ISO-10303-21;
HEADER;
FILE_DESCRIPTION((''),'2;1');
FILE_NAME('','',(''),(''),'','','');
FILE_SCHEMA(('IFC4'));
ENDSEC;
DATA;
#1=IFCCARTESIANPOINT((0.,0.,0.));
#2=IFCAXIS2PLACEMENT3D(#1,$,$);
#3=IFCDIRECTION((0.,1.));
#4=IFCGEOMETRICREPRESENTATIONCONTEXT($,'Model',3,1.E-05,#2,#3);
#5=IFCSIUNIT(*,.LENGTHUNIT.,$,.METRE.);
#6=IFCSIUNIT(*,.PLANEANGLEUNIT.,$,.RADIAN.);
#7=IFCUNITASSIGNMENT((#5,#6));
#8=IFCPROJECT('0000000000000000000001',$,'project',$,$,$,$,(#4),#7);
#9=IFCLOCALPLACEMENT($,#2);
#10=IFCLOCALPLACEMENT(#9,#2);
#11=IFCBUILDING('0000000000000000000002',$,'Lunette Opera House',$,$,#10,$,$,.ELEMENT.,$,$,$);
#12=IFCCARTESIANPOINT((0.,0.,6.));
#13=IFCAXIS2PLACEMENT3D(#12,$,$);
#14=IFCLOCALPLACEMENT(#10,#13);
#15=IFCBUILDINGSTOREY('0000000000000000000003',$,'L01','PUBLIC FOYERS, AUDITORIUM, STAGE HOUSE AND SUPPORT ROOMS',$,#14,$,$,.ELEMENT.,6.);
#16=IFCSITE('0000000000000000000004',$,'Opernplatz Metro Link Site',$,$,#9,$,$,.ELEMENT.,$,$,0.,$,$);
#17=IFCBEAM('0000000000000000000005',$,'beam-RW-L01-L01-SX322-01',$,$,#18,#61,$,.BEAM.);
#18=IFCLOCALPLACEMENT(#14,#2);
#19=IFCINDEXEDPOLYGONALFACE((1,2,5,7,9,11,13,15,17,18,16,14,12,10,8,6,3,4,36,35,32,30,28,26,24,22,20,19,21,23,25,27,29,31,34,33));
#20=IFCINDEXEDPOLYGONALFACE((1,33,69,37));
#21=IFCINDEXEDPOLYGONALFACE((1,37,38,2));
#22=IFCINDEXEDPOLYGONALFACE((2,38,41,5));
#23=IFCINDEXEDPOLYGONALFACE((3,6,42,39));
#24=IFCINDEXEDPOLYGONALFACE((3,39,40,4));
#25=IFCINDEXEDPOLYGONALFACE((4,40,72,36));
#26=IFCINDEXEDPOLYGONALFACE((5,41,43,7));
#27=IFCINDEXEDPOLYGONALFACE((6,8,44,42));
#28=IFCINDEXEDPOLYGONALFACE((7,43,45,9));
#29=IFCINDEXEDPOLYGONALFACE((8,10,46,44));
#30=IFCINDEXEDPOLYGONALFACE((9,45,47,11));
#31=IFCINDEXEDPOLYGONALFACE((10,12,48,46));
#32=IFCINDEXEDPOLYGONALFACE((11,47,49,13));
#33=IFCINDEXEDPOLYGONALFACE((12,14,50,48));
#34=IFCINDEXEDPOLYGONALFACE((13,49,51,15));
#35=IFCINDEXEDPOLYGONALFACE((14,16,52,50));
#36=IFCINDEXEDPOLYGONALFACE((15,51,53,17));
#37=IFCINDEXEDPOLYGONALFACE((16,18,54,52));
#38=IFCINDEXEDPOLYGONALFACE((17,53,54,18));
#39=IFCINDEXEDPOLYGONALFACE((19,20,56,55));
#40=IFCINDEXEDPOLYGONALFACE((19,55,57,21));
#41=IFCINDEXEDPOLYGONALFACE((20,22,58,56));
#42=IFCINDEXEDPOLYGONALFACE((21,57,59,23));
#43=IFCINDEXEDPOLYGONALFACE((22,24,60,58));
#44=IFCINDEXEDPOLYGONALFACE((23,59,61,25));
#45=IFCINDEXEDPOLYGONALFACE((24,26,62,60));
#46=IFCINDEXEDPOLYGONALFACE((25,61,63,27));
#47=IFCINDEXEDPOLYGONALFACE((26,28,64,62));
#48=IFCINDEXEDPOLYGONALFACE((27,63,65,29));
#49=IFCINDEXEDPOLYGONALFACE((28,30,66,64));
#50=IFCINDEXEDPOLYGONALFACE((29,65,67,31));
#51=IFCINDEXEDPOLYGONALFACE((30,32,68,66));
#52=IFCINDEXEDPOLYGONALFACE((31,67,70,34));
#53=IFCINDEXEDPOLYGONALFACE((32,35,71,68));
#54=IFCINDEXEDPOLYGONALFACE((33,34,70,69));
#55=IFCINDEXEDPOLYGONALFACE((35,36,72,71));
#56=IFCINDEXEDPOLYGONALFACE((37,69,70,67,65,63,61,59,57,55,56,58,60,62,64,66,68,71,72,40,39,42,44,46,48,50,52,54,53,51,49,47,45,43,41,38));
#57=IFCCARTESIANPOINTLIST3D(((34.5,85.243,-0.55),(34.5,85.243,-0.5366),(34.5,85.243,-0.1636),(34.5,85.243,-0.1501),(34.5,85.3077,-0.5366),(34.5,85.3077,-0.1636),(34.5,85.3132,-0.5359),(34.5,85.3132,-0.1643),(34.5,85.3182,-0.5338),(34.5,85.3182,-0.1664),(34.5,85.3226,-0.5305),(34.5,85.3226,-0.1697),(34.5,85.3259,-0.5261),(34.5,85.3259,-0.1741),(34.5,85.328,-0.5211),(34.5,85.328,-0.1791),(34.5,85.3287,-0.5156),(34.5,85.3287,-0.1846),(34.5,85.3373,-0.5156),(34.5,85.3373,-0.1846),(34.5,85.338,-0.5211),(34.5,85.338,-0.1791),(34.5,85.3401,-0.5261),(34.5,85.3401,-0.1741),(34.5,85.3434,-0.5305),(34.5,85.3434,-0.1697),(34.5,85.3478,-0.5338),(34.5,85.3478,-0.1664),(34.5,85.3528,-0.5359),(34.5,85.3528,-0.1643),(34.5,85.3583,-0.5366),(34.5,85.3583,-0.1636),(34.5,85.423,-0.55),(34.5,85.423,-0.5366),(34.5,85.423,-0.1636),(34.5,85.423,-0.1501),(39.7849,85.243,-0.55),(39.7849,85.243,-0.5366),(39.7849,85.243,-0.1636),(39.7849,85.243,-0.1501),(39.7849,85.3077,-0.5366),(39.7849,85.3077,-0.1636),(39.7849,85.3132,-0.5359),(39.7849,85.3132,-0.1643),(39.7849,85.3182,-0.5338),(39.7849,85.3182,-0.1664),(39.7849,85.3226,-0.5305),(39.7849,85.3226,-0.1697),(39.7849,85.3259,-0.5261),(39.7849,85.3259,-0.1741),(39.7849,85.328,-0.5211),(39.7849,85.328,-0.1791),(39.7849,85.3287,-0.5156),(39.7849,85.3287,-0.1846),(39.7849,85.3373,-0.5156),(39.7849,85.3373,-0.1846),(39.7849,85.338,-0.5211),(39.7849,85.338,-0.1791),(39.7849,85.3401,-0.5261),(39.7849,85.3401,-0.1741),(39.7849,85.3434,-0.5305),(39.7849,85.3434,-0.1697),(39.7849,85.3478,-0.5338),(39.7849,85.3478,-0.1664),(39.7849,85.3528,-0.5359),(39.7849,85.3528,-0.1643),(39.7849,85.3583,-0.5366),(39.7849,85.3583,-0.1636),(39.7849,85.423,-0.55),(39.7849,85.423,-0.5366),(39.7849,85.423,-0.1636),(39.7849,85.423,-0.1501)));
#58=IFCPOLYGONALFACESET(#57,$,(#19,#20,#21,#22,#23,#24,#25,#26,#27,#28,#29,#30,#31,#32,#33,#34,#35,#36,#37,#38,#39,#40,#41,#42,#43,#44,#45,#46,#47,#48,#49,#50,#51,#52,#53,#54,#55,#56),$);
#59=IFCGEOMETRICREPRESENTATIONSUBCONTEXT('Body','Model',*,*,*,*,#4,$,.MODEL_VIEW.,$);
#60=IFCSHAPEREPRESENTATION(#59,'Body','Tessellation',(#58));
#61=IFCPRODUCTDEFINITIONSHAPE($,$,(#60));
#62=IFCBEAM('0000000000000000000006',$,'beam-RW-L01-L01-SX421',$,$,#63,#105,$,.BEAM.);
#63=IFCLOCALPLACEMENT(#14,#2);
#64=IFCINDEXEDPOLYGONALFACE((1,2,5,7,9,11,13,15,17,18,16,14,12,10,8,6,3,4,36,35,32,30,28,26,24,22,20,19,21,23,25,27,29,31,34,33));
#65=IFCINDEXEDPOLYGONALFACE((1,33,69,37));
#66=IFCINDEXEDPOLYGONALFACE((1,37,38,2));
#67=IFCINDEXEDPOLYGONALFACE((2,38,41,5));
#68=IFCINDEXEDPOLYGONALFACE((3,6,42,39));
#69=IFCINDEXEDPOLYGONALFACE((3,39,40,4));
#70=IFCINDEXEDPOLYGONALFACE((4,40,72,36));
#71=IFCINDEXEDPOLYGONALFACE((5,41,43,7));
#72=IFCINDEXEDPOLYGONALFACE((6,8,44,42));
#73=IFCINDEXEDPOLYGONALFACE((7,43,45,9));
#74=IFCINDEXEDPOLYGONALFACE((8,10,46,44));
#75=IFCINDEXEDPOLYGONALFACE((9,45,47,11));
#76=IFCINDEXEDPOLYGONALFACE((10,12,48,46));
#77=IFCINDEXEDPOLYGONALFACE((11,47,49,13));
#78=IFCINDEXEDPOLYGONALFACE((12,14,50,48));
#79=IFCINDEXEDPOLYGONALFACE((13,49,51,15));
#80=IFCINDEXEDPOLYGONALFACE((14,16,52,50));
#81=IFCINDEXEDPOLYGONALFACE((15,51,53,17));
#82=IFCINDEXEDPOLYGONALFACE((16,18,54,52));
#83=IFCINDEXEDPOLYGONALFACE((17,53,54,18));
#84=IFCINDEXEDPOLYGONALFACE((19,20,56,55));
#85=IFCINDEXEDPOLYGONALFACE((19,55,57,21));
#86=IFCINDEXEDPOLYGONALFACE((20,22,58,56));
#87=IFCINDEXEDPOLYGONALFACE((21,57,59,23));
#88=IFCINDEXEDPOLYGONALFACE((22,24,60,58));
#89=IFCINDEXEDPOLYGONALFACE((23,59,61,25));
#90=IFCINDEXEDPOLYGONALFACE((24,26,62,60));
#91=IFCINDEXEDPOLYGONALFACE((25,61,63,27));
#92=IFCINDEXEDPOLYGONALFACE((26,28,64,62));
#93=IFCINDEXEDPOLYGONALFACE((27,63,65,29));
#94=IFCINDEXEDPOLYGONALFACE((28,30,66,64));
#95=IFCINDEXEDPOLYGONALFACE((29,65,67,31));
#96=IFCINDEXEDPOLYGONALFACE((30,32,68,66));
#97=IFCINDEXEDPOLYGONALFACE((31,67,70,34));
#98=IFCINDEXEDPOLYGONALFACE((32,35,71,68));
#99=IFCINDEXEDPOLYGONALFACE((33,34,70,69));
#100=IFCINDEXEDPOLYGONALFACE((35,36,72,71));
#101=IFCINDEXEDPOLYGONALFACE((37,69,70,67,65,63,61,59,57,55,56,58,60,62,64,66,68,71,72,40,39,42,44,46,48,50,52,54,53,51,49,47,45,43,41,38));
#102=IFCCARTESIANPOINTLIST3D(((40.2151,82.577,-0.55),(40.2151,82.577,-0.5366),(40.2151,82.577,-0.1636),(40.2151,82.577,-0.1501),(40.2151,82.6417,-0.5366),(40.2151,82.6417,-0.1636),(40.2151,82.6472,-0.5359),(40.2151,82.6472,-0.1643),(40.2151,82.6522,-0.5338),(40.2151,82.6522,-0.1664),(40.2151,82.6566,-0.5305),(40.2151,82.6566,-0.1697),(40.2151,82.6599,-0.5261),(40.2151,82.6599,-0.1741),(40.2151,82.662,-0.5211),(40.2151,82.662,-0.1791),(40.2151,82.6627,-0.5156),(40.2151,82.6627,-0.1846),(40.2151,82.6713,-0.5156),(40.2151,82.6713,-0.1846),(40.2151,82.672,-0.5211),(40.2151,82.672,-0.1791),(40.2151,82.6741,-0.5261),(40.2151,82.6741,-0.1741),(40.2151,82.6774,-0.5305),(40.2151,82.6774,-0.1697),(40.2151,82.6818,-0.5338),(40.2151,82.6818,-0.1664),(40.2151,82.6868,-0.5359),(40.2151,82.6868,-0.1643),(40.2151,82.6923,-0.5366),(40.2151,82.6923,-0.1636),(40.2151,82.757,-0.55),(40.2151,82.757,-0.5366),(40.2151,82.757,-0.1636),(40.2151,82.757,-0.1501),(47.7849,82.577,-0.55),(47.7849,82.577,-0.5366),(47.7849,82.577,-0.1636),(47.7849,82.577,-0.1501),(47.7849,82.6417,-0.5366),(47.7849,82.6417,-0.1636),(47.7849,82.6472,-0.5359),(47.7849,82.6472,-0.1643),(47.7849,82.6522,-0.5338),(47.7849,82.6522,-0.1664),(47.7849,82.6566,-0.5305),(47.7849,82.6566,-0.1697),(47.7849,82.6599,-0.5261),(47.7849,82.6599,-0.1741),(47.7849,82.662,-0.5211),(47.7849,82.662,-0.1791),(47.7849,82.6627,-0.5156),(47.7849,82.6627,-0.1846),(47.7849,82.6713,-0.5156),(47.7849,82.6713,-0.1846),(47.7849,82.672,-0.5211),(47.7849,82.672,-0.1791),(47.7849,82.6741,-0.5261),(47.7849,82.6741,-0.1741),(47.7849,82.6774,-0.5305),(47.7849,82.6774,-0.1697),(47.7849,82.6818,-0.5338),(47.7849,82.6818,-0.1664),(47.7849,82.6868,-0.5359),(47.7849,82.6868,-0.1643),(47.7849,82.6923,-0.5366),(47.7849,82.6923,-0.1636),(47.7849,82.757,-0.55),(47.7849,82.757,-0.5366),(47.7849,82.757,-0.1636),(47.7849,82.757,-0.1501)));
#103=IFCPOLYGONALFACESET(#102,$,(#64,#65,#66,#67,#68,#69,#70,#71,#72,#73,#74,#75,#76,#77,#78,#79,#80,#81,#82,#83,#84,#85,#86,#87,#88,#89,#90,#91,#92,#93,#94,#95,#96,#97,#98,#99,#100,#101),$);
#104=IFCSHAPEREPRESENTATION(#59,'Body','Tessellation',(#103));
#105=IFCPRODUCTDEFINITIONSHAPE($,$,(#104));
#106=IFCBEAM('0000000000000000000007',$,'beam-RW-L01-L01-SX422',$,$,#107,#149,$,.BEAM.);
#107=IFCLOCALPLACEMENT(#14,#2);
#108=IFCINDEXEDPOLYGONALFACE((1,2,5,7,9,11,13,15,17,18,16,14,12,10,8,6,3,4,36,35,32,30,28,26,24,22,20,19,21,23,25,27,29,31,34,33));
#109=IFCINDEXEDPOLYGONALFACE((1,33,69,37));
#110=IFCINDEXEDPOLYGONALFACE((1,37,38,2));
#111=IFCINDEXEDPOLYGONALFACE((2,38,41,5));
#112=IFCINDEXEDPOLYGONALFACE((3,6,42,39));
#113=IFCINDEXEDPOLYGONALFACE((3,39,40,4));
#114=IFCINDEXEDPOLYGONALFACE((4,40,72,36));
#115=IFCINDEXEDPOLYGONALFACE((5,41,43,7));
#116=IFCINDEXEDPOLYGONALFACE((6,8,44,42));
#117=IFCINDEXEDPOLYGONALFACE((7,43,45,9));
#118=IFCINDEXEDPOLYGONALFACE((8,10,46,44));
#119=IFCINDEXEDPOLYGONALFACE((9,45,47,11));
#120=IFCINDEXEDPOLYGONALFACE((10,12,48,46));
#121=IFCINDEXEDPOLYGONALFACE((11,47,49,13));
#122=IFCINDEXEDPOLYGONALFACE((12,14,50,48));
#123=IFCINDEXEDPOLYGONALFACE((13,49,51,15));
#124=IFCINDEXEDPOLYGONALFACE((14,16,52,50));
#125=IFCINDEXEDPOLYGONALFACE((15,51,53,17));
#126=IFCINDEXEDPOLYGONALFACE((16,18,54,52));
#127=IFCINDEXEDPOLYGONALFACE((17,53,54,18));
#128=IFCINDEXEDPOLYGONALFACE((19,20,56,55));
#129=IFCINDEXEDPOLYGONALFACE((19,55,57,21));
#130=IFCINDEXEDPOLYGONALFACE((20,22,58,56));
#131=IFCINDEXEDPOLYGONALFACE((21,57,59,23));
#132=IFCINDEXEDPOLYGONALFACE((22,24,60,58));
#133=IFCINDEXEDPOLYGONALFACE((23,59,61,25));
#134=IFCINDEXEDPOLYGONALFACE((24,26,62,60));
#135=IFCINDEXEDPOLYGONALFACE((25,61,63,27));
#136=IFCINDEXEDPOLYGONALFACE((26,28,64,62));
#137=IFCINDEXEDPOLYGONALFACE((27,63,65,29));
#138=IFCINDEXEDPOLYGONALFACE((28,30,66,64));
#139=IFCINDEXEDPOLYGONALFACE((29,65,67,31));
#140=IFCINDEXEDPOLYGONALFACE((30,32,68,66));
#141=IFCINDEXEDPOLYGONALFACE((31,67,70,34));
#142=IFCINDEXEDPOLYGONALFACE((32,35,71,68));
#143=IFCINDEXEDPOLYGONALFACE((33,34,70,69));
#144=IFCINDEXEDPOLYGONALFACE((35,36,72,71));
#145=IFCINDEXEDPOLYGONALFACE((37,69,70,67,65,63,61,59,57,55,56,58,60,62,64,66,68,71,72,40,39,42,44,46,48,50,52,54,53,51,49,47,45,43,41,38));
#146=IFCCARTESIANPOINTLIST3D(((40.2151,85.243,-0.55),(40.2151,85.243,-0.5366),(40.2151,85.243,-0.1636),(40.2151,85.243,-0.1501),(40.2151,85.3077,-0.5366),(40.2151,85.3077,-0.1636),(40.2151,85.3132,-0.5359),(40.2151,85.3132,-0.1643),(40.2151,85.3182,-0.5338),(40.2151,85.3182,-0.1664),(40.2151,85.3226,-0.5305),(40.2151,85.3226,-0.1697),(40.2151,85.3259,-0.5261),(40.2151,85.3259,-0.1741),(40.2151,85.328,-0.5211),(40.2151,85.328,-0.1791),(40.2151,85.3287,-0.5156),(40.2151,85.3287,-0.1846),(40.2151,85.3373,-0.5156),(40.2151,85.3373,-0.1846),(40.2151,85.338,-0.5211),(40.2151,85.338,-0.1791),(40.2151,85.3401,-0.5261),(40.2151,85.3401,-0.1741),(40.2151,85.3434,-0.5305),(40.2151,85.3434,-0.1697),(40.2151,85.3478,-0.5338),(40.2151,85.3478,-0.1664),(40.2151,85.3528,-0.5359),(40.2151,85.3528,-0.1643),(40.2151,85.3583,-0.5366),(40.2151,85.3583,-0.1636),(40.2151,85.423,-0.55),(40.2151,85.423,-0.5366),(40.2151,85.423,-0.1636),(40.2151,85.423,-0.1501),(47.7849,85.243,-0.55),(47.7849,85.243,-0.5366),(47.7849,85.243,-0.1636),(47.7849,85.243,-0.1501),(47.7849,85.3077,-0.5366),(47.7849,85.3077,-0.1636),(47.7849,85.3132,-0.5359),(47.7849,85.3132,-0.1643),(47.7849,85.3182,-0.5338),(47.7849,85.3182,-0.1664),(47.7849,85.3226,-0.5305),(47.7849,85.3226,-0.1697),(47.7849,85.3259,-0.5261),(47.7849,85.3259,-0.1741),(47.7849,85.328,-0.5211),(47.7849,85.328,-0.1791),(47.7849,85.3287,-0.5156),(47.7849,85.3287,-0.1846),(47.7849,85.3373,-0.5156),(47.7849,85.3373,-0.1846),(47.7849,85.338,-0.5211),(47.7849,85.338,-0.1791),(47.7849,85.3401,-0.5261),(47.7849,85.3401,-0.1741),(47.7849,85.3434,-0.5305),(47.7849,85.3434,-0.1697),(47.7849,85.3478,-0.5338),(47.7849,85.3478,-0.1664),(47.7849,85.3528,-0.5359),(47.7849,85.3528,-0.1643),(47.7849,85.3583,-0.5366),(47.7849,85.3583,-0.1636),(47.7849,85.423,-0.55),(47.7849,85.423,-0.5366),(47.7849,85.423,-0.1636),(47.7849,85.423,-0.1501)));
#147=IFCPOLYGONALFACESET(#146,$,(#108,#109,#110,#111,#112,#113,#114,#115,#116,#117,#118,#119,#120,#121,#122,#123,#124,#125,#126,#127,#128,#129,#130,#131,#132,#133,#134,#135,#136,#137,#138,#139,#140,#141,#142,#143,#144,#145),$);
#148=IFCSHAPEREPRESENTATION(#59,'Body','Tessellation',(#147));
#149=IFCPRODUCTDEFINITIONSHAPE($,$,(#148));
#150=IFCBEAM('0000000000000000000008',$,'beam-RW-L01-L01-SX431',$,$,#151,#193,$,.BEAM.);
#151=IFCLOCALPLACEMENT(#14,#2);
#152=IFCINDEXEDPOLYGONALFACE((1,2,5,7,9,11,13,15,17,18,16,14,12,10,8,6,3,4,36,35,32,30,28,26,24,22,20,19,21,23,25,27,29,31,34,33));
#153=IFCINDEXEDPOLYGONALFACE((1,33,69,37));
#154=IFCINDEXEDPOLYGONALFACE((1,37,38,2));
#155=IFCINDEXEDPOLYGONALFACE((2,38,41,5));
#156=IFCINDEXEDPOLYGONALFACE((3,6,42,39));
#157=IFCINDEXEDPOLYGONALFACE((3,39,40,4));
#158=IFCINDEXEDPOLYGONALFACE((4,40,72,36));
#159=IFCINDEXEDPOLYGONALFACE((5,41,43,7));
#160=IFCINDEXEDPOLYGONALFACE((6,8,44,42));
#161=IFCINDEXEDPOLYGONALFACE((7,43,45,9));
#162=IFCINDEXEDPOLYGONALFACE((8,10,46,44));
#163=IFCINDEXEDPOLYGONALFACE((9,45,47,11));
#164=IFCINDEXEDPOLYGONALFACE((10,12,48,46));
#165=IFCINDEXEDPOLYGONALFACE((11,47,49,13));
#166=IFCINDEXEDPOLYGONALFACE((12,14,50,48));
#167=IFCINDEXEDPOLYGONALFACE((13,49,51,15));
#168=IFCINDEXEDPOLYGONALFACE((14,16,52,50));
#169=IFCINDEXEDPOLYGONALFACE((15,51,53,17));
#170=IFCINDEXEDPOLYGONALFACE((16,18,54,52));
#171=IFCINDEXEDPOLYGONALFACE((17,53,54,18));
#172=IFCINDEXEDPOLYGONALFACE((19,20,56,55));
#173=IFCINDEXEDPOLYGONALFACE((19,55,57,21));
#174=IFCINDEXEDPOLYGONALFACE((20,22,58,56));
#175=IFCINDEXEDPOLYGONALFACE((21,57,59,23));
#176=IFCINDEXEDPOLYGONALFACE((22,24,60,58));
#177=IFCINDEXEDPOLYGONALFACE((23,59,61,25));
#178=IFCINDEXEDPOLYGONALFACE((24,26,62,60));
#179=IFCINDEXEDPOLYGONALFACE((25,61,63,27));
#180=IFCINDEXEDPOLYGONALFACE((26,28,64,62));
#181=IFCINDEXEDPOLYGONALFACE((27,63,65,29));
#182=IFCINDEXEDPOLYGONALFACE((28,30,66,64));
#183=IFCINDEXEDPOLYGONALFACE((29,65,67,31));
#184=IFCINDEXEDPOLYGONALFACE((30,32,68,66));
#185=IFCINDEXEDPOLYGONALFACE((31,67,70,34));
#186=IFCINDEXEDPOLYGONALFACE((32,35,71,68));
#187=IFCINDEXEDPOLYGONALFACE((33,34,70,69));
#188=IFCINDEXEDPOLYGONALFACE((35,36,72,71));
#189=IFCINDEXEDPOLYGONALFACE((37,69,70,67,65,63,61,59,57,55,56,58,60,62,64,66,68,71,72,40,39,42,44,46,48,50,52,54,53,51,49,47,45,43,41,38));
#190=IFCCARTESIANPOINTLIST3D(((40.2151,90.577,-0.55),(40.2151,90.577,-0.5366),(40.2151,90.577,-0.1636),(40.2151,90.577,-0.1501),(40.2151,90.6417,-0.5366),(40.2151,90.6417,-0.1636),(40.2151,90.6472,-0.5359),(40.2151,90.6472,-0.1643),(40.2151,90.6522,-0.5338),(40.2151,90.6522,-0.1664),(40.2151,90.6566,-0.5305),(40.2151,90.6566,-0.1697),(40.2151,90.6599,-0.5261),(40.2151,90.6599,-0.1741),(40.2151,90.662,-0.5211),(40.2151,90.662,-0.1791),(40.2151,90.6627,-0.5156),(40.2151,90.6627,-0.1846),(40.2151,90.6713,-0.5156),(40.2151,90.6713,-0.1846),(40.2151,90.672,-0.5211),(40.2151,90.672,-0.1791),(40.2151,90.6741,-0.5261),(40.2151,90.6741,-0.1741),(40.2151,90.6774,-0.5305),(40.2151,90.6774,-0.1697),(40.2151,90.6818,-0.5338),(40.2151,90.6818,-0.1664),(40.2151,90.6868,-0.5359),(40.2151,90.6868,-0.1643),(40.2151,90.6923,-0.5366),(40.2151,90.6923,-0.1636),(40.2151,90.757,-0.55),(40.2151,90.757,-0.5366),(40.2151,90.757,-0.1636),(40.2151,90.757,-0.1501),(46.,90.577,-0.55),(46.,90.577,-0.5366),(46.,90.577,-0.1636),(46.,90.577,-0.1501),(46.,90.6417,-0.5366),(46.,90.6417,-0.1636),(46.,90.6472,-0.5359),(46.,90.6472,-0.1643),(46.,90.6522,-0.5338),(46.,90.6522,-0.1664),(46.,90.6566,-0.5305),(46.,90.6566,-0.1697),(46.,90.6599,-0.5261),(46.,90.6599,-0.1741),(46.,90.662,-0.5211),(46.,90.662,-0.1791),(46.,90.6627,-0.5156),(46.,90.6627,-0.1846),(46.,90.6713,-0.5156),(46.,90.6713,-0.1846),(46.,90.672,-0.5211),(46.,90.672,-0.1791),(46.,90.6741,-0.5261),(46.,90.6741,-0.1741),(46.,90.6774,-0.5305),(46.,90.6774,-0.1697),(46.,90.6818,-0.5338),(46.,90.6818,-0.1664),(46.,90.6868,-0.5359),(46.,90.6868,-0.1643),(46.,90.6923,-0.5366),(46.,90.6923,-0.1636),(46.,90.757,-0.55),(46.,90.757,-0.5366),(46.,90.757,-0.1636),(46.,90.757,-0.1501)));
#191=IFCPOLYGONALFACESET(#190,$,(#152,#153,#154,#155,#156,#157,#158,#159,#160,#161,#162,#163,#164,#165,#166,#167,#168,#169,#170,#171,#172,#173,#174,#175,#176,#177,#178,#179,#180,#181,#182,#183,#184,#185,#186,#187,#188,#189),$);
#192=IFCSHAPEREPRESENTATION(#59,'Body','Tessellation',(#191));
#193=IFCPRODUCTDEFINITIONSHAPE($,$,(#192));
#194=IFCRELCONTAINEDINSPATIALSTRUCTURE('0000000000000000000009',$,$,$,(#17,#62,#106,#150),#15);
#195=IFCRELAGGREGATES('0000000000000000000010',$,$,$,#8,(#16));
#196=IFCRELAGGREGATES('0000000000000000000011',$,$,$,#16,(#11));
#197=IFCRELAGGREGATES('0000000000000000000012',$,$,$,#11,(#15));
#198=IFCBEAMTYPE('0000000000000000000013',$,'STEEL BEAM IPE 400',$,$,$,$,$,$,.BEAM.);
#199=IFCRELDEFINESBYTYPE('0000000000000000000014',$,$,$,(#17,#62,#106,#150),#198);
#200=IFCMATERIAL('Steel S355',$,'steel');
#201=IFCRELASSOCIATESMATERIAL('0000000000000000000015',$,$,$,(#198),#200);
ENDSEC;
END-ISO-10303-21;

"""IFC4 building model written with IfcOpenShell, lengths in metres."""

from ifc_helpers import new_model, si_unit, direction, frame, origin, origin_2d, place, context, subcontext, project, spatial, i_section, extrude, material, material_profile, profile_set, type_object, element, save


model = new_model("IFC4")

# Units and contexts
model_context = context("Model", 3, precision=1e-05, world=origin(), true_north=direction((0.0, 1.0)))
body_context = subcontext(model_context, "Body", "Model", "MODEL_VIEW")
ifc_project = project(units=[si_unit("LENGTHUNIT", "METRE"), si_unit("PLANEANGLEUNIT", "RADIAN")], contexts=[model_context])

# Site, building, storey
site_placement = place(None, origin())
site = spatial("IfcSite", under=ifc_project, at=site_placement, Name="Opernplatz Metro Link Site", CompositionType="ELEMENT", RefElevation=0.0)
building_placement = place(site_placement, origin())
building = spatial("IfcBuilding", under=site, at=building_placement, Name="Lunette Opera House", CompositionType="ELEMENT")
storey_placement = place(building_placement, frame((0.0, 0.0, 6.0)))
storey = spatial("IfcBuildingStorey", under=building, at=storey_placement, Name="L01", Description="PUBLIC FOYERS, AUDITORIUM, STAGE HOUSE AND SUPPORT ROOMS", CompositionType="ELEMENT", Elevation=6.0)

# Beams
ifc_material_1 = material(Name="Steel S355", Category="steel")
ifc_material_profile_1 = material_profile(ifc_material_1, i_section(OverallWidth=0.1799, OverallDepth=0.3999, WebThickness=0.0085, FlangeThickness=0.0134, FilletRadius=0.021, at=origin_2d()), Name="IPE 400")
ifc_profile_set_1 = profile_set([ifc_material_profile_1], Name="Steel S355")
beam_type_1 = type_object("IfcBeamType", Name="STEEL BEAM IPE 400", PredefinedType="BEAM", material=ifc_profile_set_1)
for number, where, z_axis, x_axis, name in (
    (1, (34.5, 85.333, -0.3501), (1.0, 0.0, 0.0), (0.0, 1.0, 0.0), "beam-RW-L01-L01-SX322-01"),
):
    element("IfcBeam", number, at=place(storey_placement, frame(where, z_axis=z_axis, x_axis=x_axis)), inside=storey, type_object=beam_type_1, Name=name, PredefinedType="BEAM", context=body_context, shape_type="SweptSolid", body=[
        extrude(i_section(OverallWidth=0.1799, OverallDepth=0.3999, WebThickness=0.0085, FlangeThickness=0.0134, FilletRadius=0.021, at=origin_2d()), origin(), (0.0, 0.0, 1.0), 5.2849),
    ])
for number, where, z_axis, x_axis, name in (
    (2, (40.2151, 82.667, -0.3501), (1.0, 0.0, 0.0), (0.0, 1.0, 0.0), "beam-RW-L01-L01-SX421"),
    (3, (40.2151, 85.333, -0.3501), (1.0, 0.0, 0.0), (0.0, 1.0, 0.0), "beam-RW-L01-L01-SX422"),
):
    element("IfcBeam", number, at=place(storey_placement, frame(where, z_axis=z_axis, x_axis=x_axis)), inside=storey, type_object=beam_type_1, Name=name, PredefinedType="BEAM", context=body_context, shape_type="SweptSolid", body=[
        extrude(i_section(OverallWidth=0.1799, OverallDepth=0.3999, WebThickness=0.0085, FlangeThickness=0.0134, FilletRadius=0.021, at=origin_2d()), origin(), (0.0, 0.0, 1.0), 7.5698),
    ])
for number, where, z_axis, x_axis, name in (
    (4, (40.2151, 90.667, -0.3501), (1.0, 0.0, 0.0), (0.0, 1.0, 0.0), "beam-RW-L01-L01-SX431"),
):
    element("IfcBeam", number, at=place(storey_placement, frame(where, z_axis=z_axis, x_axis=x_axis)), inside=storey, type_object=beam_type_1, Name=name, PredefinedType="BEAM", context=body_context, shape_type="SweptSolid", body=[
        extrude(i_section(OverallWidth=0.1799, OverallDepth=0.3999, WebThickness=0.0085, FlangeThickness=0.0134, FilletRadius=0.021, at=origin_2d()), origin(), (0.0, 0.0, 1.0), 5.7849),
    ])

save(model, "model.ifc")
